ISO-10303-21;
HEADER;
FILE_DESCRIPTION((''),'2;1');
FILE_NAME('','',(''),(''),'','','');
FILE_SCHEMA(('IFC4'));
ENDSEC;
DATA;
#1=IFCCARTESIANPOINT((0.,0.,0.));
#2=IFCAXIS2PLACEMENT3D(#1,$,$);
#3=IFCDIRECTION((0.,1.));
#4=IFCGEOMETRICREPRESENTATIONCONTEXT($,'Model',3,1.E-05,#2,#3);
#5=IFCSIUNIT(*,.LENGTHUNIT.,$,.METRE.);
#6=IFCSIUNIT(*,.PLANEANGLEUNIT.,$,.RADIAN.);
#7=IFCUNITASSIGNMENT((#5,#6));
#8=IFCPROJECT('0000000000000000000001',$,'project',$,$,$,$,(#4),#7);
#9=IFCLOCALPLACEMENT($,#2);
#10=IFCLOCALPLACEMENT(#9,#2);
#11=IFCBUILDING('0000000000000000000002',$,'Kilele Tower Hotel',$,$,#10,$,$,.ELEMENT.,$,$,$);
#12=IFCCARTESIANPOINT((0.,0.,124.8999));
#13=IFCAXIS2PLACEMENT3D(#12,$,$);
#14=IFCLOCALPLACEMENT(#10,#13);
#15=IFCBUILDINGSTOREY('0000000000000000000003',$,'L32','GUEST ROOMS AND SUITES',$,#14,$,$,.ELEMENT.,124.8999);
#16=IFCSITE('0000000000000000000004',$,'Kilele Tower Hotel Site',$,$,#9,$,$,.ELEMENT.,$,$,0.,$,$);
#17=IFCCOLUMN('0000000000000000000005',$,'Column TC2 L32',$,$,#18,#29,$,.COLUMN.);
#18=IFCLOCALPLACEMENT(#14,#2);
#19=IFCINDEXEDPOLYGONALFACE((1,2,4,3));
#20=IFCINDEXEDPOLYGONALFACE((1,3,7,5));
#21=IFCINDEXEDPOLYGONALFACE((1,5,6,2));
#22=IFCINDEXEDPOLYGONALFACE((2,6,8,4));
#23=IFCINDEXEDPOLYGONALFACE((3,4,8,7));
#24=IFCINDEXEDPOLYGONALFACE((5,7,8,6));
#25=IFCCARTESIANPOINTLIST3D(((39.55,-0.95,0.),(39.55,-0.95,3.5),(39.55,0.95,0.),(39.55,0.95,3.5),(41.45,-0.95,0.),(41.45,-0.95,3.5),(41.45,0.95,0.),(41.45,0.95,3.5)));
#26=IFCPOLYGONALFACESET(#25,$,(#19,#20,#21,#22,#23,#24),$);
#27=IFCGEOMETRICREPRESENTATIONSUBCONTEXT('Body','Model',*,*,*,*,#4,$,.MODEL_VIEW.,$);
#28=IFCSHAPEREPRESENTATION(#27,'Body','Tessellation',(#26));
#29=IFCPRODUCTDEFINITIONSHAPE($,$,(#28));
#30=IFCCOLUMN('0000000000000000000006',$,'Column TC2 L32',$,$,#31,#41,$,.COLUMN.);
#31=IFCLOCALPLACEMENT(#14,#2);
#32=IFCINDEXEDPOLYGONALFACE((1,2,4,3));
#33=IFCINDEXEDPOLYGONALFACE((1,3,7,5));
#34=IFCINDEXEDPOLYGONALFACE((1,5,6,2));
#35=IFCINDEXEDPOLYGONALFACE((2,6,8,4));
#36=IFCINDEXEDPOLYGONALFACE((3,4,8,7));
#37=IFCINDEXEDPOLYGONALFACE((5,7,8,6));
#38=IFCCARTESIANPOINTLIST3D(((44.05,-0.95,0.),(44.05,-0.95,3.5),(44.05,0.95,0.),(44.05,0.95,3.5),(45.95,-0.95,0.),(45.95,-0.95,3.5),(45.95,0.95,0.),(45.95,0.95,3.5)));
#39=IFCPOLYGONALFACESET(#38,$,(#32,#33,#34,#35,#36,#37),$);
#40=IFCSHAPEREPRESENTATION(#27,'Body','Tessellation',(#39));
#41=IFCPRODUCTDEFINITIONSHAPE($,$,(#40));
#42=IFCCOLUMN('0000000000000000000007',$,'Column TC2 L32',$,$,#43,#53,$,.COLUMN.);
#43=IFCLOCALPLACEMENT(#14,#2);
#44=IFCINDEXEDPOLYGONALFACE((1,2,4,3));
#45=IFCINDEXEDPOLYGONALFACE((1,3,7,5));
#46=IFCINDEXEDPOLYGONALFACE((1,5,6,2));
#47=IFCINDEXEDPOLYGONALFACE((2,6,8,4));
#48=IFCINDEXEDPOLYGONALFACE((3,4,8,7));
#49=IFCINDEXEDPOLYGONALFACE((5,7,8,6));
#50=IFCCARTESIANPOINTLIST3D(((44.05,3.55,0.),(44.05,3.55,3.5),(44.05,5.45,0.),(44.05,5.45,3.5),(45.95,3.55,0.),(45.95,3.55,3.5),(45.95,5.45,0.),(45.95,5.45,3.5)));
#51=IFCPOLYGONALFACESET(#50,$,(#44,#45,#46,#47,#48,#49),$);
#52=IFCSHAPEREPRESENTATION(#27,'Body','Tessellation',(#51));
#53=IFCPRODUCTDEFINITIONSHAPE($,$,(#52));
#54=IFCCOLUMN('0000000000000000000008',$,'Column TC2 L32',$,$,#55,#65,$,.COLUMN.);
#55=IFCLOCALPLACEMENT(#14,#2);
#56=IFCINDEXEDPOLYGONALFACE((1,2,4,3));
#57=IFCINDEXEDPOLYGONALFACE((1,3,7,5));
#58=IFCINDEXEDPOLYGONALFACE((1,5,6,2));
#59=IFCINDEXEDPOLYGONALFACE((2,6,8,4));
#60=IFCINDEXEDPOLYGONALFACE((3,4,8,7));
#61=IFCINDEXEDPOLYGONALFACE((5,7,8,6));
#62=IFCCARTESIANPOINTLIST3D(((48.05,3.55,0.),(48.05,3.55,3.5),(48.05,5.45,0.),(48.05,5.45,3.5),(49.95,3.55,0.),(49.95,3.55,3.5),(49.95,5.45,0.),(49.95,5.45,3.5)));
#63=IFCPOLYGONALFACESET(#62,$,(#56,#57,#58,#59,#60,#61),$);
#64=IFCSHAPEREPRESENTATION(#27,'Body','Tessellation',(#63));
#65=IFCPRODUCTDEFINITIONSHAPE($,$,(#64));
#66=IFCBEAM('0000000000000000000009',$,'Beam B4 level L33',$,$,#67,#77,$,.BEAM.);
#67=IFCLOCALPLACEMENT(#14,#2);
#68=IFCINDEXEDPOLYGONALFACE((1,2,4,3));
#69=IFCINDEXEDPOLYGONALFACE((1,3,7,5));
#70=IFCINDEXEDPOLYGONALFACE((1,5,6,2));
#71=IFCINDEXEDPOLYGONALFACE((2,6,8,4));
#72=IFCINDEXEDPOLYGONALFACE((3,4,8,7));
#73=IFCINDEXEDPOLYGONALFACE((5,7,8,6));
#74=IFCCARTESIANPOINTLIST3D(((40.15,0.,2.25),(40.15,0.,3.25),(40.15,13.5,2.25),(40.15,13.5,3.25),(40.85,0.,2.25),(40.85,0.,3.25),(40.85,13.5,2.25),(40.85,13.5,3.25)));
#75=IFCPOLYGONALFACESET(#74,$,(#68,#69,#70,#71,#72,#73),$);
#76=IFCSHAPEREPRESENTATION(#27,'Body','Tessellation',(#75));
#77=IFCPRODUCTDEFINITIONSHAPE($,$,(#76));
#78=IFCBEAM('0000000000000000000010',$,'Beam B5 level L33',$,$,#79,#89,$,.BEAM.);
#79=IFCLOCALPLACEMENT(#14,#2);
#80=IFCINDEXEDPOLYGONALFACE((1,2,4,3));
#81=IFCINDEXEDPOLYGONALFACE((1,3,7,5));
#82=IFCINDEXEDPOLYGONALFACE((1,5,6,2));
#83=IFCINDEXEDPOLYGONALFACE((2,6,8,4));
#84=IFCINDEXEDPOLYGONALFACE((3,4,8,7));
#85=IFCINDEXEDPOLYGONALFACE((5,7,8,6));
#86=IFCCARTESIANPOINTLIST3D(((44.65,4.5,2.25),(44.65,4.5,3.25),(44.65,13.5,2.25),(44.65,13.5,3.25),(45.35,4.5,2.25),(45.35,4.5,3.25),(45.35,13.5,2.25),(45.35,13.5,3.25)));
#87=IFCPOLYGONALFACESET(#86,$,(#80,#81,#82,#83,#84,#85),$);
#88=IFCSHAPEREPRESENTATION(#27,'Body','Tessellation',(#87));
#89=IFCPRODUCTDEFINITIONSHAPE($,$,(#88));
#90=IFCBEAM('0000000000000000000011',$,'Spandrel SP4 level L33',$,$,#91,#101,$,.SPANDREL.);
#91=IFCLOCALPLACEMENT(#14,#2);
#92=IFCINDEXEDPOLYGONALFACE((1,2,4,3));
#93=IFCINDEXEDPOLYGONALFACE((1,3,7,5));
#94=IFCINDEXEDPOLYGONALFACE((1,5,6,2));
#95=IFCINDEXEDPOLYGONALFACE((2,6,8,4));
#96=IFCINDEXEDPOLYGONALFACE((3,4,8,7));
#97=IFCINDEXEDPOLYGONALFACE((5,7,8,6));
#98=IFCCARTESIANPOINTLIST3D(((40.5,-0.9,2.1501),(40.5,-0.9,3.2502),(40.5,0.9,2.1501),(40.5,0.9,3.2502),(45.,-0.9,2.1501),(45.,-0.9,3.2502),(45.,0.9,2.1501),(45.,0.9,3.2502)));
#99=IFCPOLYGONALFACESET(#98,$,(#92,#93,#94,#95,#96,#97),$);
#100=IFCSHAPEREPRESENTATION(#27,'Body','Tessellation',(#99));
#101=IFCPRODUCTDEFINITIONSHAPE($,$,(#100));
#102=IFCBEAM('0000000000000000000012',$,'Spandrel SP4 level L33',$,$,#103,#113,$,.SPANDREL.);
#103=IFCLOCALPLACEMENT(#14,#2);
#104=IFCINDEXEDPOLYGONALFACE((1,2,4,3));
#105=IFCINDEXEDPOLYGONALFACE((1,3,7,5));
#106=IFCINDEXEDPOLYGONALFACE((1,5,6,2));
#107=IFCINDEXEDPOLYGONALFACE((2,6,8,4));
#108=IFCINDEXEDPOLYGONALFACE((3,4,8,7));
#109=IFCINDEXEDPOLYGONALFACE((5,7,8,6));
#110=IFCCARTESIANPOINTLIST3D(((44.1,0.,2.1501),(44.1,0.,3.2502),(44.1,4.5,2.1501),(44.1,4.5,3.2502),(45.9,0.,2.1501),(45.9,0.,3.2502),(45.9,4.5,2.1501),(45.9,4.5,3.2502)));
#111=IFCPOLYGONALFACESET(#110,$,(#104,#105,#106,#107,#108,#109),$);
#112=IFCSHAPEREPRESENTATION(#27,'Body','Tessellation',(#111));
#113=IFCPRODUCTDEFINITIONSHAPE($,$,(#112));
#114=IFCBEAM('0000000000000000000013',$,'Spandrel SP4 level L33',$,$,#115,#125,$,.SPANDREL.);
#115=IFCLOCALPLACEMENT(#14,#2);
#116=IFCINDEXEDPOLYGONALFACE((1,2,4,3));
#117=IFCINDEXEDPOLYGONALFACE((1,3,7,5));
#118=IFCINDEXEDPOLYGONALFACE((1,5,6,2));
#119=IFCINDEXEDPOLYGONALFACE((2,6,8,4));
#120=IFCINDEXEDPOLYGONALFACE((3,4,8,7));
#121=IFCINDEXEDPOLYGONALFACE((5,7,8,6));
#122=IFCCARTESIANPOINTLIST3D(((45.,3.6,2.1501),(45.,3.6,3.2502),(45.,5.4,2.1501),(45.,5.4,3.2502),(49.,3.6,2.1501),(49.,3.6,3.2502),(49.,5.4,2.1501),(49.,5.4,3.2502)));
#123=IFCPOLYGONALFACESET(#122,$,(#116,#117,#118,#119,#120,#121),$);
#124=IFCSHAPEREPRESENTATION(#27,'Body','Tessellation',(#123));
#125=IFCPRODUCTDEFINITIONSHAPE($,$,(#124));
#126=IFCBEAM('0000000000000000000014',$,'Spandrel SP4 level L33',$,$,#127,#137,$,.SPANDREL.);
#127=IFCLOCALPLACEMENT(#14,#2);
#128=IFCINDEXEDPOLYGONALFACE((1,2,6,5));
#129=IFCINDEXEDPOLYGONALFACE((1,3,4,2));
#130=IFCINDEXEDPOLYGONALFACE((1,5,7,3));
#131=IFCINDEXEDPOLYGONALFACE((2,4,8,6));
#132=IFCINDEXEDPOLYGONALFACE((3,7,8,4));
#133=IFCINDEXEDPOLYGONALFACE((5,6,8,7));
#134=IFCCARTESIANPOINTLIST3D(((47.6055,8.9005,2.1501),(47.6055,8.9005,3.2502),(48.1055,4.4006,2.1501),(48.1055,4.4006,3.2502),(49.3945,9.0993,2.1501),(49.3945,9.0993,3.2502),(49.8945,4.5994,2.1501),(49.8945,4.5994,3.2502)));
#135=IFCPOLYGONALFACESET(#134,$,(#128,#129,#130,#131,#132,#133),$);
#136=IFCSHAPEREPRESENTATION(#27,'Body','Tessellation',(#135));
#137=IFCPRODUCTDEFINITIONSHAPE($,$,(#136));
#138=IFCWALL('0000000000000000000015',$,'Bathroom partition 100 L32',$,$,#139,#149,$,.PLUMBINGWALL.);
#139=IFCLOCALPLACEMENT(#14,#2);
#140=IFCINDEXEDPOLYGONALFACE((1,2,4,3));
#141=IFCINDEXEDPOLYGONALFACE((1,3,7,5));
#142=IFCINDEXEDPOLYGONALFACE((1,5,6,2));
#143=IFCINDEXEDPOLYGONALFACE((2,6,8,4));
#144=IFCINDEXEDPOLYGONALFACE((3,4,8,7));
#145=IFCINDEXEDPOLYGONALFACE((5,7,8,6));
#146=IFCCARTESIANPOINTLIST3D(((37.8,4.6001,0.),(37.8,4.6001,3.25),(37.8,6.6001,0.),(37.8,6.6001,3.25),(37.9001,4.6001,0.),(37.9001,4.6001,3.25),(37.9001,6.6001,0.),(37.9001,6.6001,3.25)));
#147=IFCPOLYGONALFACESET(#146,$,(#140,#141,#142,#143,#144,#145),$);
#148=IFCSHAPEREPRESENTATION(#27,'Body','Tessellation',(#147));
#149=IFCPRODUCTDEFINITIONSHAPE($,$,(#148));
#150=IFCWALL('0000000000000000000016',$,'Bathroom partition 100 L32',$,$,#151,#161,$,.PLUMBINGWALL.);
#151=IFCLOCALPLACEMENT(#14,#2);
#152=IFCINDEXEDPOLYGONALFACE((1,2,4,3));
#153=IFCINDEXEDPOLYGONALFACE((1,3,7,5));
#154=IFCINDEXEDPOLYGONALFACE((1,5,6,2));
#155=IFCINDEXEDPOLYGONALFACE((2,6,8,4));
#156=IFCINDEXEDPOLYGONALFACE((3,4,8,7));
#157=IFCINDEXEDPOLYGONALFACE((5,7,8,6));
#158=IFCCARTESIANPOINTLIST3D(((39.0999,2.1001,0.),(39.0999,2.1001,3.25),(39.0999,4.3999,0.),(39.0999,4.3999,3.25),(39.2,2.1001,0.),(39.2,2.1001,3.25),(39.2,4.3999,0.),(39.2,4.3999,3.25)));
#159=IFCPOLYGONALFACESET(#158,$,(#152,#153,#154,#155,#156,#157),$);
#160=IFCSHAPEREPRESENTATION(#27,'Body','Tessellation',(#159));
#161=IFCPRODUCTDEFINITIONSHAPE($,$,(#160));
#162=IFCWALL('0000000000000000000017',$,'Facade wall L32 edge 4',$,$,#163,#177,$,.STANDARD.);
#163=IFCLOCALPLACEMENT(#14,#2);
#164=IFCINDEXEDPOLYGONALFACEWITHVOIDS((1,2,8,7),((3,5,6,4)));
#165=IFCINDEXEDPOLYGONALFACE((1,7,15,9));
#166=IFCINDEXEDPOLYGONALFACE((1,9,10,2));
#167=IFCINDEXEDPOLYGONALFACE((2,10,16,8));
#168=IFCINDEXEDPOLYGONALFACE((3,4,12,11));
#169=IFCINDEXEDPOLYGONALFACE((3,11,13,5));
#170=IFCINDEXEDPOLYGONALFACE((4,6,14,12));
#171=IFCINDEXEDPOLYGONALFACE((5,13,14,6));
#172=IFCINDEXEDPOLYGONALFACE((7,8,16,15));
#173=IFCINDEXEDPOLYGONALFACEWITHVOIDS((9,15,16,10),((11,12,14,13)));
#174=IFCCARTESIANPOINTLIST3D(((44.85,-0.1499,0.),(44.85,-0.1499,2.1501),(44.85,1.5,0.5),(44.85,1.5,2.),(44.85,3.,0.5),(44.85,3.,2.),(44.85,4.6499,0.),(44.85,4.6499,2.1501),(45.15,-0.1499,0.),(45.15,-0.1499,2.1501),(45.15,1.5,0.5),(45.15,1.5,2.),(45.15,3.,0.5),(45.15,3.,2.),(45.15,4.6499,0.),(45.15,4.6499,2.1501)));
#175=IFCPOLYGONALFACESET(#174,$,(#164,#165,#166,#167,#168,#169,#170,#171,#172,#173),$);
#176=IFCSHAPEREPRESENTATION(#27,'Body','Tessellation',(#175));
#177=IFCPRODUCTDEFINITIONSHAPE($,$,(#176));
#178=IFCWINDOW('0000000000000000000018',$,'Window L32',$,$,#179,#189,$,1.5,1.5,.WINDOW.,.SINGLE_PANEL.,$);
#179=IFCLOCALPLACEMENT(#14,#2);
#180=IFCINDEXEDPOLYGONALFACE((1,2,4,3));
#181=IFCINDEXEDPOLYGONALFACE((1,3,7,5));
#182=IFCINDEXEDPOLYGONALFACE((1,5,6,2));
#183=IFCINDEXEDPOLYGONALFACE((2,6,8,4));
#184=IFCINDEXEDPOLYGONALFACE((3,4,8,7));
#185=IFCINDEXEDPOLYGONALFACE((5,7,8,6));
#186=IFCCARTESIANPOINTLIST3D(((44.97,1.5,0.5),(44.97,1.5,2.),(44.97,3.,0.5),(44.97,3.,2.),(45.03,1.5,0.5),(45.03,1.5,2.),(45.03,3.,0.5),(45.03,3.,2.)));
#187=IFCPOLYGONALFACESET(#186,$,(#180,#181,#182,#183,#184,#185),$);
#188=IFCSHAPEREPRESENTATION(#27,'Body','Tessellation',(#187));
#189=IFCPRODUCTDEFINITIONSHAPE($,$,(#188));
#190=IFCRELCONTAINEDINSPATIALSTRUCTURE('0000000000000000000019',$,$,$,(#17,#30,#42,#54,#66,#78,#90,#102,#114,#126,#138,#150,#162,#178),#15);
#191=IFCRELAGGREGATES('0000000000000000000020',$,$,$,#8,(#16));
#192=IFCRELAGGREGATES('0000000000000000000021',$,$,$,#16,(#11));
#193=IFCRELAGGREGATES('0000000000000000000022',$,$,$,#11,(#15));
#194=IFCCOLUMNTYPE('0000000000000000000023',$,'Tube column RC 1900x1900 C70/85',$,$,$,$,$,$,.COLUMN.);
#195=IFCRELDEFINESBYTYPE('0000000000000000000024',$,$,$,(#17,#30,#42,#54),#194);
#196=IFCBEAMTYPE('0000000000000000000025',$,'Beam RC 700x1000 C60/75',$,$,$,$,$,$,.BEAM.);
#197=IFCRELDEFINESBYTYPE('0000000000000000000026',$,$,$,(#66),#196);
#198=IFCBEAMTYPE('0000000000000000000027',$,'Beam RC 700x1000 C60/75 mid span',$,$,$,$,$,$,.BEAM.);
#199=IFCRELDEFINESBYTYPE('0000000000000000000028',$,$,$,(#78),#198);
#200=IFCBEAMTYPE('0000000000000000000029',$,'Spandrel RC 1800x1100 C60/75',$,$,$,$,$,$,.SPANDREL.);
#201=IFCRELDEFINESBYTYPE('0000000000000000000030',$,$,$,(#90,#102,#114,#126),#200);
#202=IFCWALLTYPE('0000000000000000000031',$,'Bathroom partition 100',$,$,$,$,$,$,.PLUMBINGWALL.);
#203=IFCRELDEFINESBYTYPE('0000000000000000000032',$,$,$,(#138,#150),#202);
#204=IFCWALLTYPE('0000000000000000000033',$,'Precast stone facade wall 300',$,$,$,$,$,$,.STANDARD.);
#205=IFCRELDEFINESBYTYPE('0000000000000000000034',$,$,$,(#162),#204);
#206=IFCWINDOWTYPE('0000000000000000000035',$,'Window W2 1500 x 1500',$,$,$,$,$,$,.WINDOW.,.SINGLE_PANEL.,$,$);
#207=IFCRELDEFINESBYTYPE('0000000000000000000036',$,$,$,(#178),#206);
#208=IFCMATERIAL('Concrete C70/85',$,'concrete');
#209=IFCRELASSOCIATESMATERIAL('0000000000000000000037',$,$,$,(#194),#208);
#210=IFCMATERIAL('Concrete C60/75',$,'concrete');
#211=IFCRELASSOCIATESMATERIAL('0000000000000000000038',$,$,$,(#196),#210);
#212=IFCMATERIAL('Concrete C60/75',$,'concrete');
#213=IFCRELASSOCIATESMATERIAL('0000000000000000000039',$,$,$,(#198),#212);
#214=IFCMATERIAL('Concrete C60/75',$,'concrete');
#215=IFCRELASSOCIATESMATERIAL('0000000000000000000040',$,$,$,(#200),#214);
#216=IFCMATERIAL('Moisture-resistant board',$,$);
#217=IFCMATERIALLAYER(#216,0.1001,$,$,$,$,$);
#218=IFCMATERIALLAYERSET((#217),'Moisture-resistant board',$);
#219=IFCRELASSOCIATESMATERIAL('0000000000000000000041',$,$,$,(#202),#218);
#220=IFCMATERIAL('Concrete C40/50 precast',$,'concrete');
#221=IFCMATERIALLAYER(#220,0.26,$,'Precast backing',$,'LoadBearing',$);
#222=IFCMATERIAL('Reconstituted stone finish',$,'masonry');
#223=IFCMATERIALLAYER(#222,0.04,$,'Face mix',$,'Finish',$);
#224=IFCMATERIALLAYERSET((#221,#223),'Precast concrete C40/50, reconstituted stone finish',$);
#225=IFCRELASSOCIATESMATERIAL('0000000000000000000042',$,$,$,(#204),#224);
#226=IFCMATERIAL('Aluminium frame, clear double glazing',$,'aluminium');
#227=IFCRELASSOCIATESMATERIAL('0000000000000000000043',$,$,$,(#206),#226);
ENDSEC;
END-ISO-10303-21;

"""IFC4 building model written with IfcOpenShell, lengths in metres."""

from ifc_helpers import new_model, si_unit, direction, frame, frame_2d, origin, origin_2d, place, context, subcontext, project, spatial, rectangle, extrude, material, layer, layer_set, material_profile, profile_set, type_object, element, fill, save


model = new_model("IFC4")

# Units and contexts
model_context = context("Model", 3, precision=1e-05, world=origin(), true_north=direction((0.0, 1.0)))
body_context = subcontext(model_context, "Body", "Model", "MODEL_VIEW")
ifc_project = project(units=[si_unit("LENGTHUNIT", "METRE"), si_unit("PLANEANGLEUNIT", "RADIAN")], contexts=[model_context])

# Site, building, storey
site_placement = place(None, origin())
site = spatial("IfcSite", under=ifc_project, at=site_placement, Name="Kilele Tower Hotel Site", CompositionType="ELEMENT", RefElevation=0.0)
building_placement = place(site_placement, origin())
building = spatial("IfcBuilding", under=site, at=building_placement, Name="Kilele Tower Hotel", CompositionType="ELEMENT")
storey_placement = place(building_placement, frame((0.0, 0.0, 124.8999)))
storey = spatial("IfcBuildingStorey", under=building, at=storey_placement, Name="L32", Description="GUEST ROOMS AND SUITES", CompositionType="ELEMENT", Elevation=124.8999)

# Columns
ifc_material_1 = material(Name="Concrete C70/85", Category="concrete")
ifc_material_profile_1 = material_profile(ifc_material_1, rectangle(XDim=1.8999, YDim=1.8999, at=origin_2d()))
ifc_profile_set_1 = profile_set([ifc_material_profile_1], Name="Concrete C70/85")
column_type = type_object("IfcColumnType", Name="Tube column RC 1900x1900 C70/85", PredefinedType="COLUMN", material=ifc_profile_set_1)
for number, where, z_axis, x_axis, name in (
    (1, (40.5, 0.0, 0.0), (0.0, 0.0, 1.0), (1.0, 0.0, 0.0), "Column TC2 L32"),
    (2, (45.0, 0.0, 0.0), (0.0, 0.0, 1.0), (1.0, 0.0, 0.0), "Column TC2 L32"),
    (3, (45.0, 4.5, 0.0), (0.0, 0.0, 1.0), (1.0, 0.0, 0.0), "Column TC2 L32"),
    (4, (49.0, 4.5, 0.0), (0.0, 0.0, 1.0), (1.0, 0.0, 0.0), "Column TC2 L32"),
):
    element("IfcColumn", number, at=place(storey_placement, frame(where, z_axis=z_axis, x_axis=x_axis)), inside=storey, type_object=column_type, Name=name, PredefinedType="COLUMN", context=body_context, shape_type="SweptSolid", body=[
        extrude(rectangle(XDim=1.8999, YDim=1.8999, at=origin_2d()), origin(), (0.0, 0.0, 1.0), 3.5),
    ])

# Beams
ifc_material_2 = material(Name="Concrete C60/75", Category="concrete")
ifc_material_profile_2 = material_profile(ifc_material_2, rectangle(XDim=0.7, YDim=1.0, at=origin_2d()))
ifc_profile_set_2 = profile_set([ifc_material_profile_2], Name="Concrete C60/75")
beam_type_1 = type_object("IfcBeamType", Name="Beam RC 700x1000 C60/75", PredefinedType="BEAM", material=ifc_profile_set_2)
beam_1_placement = place(storey_placement, frame((40.5, 0.0, 2.75), z_axis=(0.0, 1.0, 0.0), x_axis=(-1.0, 0.0, 0.0)))
element("IfcBeam", 5, at=beam_1_placement, inside=storey, type_object=beam_type_1, Name="Beam B4 level L33", PredefinedType="BEAM", context=body_context, shape_type="SweptSolid", body=[
    extrude(rectangle(XDim=0.7, YDim=1.0, at=origin_2d()), origin(), (0.0, 0.0, 1.0), 13.5),
])
ifc_material_3 = material(Name="Concrete C60/75", Category="concrete")
ifc_material_profile_3 = material_profile(ifc_material_3, rectangle(XDim=0.7, YDim=1.0, at=origin_2d()))
ifc_profile_set_3 = profile_set([ifc_material_profile_3], Name="Concrete C60/75")
beam_type_2 = type_object("IfcBeamType", Name="Beam RC 700x1000 C60/75 mid span", PredefinedType="BEAM", material=ifc_profile_set_3)
beam_2_placement = place(storey_placement, frame((45.0, 4.5, 2.75), z_axis=(0.0, 1.0, 0.0), x_axis=(-1.0, 0.0, 0.0)))
element("IfcBeam", 6, at=beam_2_placement, inside=storey, type_object=beam_type_2, Name="Beam B5 level L33", PredefinedType="BEAM", context=body_context, shape_type="SweptSolid", body=[
    extrude(rectangle(XDim=0.7, YDim=1.0, at=origin_2d()), origin(), (0.0, 0.0, 1.0), 9.0),
])
ifc_material_4 = material(Name="Concrete C60/75", Category="concrete")
ifc_material_profile_4 = material_profile(ifc_material_4, rectangle(XDim=1.8, YDim=1.1001, at=origin_2d()))
ifc_profile_set_4 = profile_set([ifc_material_profile_4], Name="Concrete C60/75")
beam_type_3 = type_object("IfcBeamType", Name="Spandrel RC 1800x1100 C60/75", PredefinedType="SPANDREL", material=ifc_profile_set_4)
for number, where, z_axis, x_axis, name in (
    (7, (40.5, 0.0, 2.7002), (1.0, 0.0, 0.0), (0.0, 1.0, 0.0), "Spandrel SP4 level L33"),
    (8, (45.0, 0.0, 2.7002), (0.0, 1.0, 0.0), (-1.0, 0.0, 0.0), "Spandrel SP4 level L33"),
):
    element("IfcBeam", number, at=place(storey_placement, frame(where, z_axis=z_axis, x_axis=x_axis)), inside=storey, type_object=beam_type_3, Name=name, PredefinedType="SPANDREL", context=body_context, shape_type="SweptSolid", body=[
        extrude(rectangle(XDim=1.8, YDim=1.1001, at=origin_2d()), origin(), (0.0, 0.0, 1.0), 4.5),
    ])
beam_3_placement = place(storey_placement, frame((45.0, 4.5, 2.7002), z_axis=(1.0, 0.0, 0.0), x_axis=(0.0, 1.0, 0.0)))
element("IfcBeam", 9, at=beam_3_placement, inside=storey, type_object=beam_type_3, Name="Spandrel SP4 level L33", PredefinedType="SPANDREL", context=body_context, shape_type="SweptSolid", body=[
    extrude(rectangle(XDim=1.8, YDim=1.1001, at=origin_2d()), origin(), (0.0, 0.0, 1.0), 4.0),
])
beam_4_placement = place(storey_placement, frame((49.0, 4.5, 2.7002), z_axis=(-0.110432, 0.993884, 0.0), x_axis=(-0.993884, -0.110432, 0.0)))
element("IfcBeam", 10, at=beam_4_placement, inside=storey, type_object=beam_type_3, Name="Spandrel SP4 level L33", PredefinedType="SPANDREL", context=body_context, shape_type="SweptSolid", body=[
    extrude(rectangle(XDim=1.8, YDim=1.1001, at=origin_2d()), origin(), (0.0, 0.0, 1.0), 4.5276),
])

# Walls
ifc_material_5 = material(Name="Moisture-resistant board")
ifc_layer_1 = layer(ifc_material_5, 0.1001)
ifc_layer_set_1 = layer_set([ifc_layer_1], Name="Moisture-resistant board")
wall_type_1 = type_object("IfcWallType", Name="Bathroom partition 100", PredefinedType="PLUMBINGWALL", material=ifc_layer_set_1)
wall_1_placement = place(storey_placement, frame((37.8501, 4.6001, 0.0), z_axis=(0.0, 0.0, 1.0), x_axis=(0.0, 1.0, 0.0)))
element("IfcWall", 11, at=wall_1_placement, inside=storey, type_object=wall_type_1, Name="Bathroom partition 100 L32", PredefinedType="PLUMBINGWALL", context=body_context, shape_type="SweptSolid", body=[
    extrude(rectangle(XDim=2.0, YDim=0.1001, at=frame_2d((1.0, 0.0))), origin(), (0.0, 0.0, 1.0), 3.25),
])
wall_2_placement = place(storey_placement, frame((39.1499, 4.3999, 0.0), z_axis=(0.0, 0.0, 1.0), x_axis=(0.0, -1.0, 0.0)))
element("IfcWall", 12, at=wall_2_placement, inside=storey, type_object=wall_type_1, Name="Bathroom partition 100 L32", PredefinedType="PLUMBINGWALL", context=body_context, shape_type="SweptSolid", body=[
    extrude(rectangle(XDim=2.2998, YDim=0.1001, at=frame_2d((1.1499, 0.0))), origin(), (0.0, 0.0, 1.0), 3.25),
])

# Wall, opening, window
ifc_material_6 = material(Name="Concrete C40/50 precast", Category="concrete")
ifc_layer_2 = layer(ifc_material_6, 0.26, Name="Precast backing", Category="LoadBearing")
ifc_material_7 = material(Name="Reconstituted stone finish", Category="masonry")
ifc_layer_3 = layer(ifc_material_7, 0.04, Name="Face mix", Category="Finish")
ifc_layer_set_2 = layer_set([ifc_layer_2, ifc_layer_3], Name="Precast concrete C40/50, reconstituted stone finish")
wall_type_2 = type_object("IfcWallType", Name="Precast stone facade wall 300", PredefinedType="STANDARD", material=ifc_layer_set_2)
wall_3_placement = place(storey_placement, frame((45.0, -0.1499, 0.0), z_axis=(0.0, 0.0, 1.0), x_axis=(0.0, 1.0, 0.0)))
wall_3 = element("IfcWall", 13, at=wall_3_placement, inside=storey, type_object=wall_type_2, Name="Facade wall L32 edge 4", PredefinedType="STANDARD", context=body_context, shape_type="SweptSolid", body=[
    extrude(rectangle(XDim=4.7998, YDim=0.3, at=frame_2d((2.3999, 0.0))), origin(), (0.0, 0.0, 1.0), 2.1501),
])
opening_1_placement = place(wall_3_placement, frame((1.6499, 0.0, 0.5)))
opening_1 = element("IfcOpeningElement", 14, at=opening_1_placement, cuts=wall_3, PredefinedType="OPENING", context=body_context, shape_type="SweptSolid", body=[
    extrude(rectangle(XDim=1.5, YDim=1.5, at=frame_2d((0.75, 0.75))), frame((0.0, 0.1599, 0.0), z_axis=(0.0, -1.0, 0.0), x_axis=(1.0, 0.0, 0.0)), (0.0, 0.0, 1.0), 0.3201),
])
ifc_material_8 = material(Name="Aluminium frame, clear double glazing", Category="aluminium")
window_type = type_object("IfcWindowType", Name="Window W2 1500 x 1500", PartitioningType="SINGLE_PANEL", PredefinedType="WINDOW", material=ifc_material_8)
window_1_placement = place(opening_1_placement, origin())
window_1 = element("IfcWindow", 15, at=window_1_placement, inside=storey, type_object=window_type, Name="Window L32", OverallHeight=1.5, OverallWidth=1.5, PartitioningType="SINGLE_PANEL", PredefinedType="WINDOW", context=body_context, shape_type="SweptSolid", body=[
    extrude(rectangle(XDim=1.5, YDim=1.5, at=frame_2d((0.75, 0.75))), frame((0.0, 0.03, 0.0), z_axis=(0.0, -1.0, 0.0), x_axis=(1.0, 0.0, 0.0)), (0.0, 0.0, 1.0), 0.0601),
])
fill(opening_1, window_1)

save(model, "model.ifc")
